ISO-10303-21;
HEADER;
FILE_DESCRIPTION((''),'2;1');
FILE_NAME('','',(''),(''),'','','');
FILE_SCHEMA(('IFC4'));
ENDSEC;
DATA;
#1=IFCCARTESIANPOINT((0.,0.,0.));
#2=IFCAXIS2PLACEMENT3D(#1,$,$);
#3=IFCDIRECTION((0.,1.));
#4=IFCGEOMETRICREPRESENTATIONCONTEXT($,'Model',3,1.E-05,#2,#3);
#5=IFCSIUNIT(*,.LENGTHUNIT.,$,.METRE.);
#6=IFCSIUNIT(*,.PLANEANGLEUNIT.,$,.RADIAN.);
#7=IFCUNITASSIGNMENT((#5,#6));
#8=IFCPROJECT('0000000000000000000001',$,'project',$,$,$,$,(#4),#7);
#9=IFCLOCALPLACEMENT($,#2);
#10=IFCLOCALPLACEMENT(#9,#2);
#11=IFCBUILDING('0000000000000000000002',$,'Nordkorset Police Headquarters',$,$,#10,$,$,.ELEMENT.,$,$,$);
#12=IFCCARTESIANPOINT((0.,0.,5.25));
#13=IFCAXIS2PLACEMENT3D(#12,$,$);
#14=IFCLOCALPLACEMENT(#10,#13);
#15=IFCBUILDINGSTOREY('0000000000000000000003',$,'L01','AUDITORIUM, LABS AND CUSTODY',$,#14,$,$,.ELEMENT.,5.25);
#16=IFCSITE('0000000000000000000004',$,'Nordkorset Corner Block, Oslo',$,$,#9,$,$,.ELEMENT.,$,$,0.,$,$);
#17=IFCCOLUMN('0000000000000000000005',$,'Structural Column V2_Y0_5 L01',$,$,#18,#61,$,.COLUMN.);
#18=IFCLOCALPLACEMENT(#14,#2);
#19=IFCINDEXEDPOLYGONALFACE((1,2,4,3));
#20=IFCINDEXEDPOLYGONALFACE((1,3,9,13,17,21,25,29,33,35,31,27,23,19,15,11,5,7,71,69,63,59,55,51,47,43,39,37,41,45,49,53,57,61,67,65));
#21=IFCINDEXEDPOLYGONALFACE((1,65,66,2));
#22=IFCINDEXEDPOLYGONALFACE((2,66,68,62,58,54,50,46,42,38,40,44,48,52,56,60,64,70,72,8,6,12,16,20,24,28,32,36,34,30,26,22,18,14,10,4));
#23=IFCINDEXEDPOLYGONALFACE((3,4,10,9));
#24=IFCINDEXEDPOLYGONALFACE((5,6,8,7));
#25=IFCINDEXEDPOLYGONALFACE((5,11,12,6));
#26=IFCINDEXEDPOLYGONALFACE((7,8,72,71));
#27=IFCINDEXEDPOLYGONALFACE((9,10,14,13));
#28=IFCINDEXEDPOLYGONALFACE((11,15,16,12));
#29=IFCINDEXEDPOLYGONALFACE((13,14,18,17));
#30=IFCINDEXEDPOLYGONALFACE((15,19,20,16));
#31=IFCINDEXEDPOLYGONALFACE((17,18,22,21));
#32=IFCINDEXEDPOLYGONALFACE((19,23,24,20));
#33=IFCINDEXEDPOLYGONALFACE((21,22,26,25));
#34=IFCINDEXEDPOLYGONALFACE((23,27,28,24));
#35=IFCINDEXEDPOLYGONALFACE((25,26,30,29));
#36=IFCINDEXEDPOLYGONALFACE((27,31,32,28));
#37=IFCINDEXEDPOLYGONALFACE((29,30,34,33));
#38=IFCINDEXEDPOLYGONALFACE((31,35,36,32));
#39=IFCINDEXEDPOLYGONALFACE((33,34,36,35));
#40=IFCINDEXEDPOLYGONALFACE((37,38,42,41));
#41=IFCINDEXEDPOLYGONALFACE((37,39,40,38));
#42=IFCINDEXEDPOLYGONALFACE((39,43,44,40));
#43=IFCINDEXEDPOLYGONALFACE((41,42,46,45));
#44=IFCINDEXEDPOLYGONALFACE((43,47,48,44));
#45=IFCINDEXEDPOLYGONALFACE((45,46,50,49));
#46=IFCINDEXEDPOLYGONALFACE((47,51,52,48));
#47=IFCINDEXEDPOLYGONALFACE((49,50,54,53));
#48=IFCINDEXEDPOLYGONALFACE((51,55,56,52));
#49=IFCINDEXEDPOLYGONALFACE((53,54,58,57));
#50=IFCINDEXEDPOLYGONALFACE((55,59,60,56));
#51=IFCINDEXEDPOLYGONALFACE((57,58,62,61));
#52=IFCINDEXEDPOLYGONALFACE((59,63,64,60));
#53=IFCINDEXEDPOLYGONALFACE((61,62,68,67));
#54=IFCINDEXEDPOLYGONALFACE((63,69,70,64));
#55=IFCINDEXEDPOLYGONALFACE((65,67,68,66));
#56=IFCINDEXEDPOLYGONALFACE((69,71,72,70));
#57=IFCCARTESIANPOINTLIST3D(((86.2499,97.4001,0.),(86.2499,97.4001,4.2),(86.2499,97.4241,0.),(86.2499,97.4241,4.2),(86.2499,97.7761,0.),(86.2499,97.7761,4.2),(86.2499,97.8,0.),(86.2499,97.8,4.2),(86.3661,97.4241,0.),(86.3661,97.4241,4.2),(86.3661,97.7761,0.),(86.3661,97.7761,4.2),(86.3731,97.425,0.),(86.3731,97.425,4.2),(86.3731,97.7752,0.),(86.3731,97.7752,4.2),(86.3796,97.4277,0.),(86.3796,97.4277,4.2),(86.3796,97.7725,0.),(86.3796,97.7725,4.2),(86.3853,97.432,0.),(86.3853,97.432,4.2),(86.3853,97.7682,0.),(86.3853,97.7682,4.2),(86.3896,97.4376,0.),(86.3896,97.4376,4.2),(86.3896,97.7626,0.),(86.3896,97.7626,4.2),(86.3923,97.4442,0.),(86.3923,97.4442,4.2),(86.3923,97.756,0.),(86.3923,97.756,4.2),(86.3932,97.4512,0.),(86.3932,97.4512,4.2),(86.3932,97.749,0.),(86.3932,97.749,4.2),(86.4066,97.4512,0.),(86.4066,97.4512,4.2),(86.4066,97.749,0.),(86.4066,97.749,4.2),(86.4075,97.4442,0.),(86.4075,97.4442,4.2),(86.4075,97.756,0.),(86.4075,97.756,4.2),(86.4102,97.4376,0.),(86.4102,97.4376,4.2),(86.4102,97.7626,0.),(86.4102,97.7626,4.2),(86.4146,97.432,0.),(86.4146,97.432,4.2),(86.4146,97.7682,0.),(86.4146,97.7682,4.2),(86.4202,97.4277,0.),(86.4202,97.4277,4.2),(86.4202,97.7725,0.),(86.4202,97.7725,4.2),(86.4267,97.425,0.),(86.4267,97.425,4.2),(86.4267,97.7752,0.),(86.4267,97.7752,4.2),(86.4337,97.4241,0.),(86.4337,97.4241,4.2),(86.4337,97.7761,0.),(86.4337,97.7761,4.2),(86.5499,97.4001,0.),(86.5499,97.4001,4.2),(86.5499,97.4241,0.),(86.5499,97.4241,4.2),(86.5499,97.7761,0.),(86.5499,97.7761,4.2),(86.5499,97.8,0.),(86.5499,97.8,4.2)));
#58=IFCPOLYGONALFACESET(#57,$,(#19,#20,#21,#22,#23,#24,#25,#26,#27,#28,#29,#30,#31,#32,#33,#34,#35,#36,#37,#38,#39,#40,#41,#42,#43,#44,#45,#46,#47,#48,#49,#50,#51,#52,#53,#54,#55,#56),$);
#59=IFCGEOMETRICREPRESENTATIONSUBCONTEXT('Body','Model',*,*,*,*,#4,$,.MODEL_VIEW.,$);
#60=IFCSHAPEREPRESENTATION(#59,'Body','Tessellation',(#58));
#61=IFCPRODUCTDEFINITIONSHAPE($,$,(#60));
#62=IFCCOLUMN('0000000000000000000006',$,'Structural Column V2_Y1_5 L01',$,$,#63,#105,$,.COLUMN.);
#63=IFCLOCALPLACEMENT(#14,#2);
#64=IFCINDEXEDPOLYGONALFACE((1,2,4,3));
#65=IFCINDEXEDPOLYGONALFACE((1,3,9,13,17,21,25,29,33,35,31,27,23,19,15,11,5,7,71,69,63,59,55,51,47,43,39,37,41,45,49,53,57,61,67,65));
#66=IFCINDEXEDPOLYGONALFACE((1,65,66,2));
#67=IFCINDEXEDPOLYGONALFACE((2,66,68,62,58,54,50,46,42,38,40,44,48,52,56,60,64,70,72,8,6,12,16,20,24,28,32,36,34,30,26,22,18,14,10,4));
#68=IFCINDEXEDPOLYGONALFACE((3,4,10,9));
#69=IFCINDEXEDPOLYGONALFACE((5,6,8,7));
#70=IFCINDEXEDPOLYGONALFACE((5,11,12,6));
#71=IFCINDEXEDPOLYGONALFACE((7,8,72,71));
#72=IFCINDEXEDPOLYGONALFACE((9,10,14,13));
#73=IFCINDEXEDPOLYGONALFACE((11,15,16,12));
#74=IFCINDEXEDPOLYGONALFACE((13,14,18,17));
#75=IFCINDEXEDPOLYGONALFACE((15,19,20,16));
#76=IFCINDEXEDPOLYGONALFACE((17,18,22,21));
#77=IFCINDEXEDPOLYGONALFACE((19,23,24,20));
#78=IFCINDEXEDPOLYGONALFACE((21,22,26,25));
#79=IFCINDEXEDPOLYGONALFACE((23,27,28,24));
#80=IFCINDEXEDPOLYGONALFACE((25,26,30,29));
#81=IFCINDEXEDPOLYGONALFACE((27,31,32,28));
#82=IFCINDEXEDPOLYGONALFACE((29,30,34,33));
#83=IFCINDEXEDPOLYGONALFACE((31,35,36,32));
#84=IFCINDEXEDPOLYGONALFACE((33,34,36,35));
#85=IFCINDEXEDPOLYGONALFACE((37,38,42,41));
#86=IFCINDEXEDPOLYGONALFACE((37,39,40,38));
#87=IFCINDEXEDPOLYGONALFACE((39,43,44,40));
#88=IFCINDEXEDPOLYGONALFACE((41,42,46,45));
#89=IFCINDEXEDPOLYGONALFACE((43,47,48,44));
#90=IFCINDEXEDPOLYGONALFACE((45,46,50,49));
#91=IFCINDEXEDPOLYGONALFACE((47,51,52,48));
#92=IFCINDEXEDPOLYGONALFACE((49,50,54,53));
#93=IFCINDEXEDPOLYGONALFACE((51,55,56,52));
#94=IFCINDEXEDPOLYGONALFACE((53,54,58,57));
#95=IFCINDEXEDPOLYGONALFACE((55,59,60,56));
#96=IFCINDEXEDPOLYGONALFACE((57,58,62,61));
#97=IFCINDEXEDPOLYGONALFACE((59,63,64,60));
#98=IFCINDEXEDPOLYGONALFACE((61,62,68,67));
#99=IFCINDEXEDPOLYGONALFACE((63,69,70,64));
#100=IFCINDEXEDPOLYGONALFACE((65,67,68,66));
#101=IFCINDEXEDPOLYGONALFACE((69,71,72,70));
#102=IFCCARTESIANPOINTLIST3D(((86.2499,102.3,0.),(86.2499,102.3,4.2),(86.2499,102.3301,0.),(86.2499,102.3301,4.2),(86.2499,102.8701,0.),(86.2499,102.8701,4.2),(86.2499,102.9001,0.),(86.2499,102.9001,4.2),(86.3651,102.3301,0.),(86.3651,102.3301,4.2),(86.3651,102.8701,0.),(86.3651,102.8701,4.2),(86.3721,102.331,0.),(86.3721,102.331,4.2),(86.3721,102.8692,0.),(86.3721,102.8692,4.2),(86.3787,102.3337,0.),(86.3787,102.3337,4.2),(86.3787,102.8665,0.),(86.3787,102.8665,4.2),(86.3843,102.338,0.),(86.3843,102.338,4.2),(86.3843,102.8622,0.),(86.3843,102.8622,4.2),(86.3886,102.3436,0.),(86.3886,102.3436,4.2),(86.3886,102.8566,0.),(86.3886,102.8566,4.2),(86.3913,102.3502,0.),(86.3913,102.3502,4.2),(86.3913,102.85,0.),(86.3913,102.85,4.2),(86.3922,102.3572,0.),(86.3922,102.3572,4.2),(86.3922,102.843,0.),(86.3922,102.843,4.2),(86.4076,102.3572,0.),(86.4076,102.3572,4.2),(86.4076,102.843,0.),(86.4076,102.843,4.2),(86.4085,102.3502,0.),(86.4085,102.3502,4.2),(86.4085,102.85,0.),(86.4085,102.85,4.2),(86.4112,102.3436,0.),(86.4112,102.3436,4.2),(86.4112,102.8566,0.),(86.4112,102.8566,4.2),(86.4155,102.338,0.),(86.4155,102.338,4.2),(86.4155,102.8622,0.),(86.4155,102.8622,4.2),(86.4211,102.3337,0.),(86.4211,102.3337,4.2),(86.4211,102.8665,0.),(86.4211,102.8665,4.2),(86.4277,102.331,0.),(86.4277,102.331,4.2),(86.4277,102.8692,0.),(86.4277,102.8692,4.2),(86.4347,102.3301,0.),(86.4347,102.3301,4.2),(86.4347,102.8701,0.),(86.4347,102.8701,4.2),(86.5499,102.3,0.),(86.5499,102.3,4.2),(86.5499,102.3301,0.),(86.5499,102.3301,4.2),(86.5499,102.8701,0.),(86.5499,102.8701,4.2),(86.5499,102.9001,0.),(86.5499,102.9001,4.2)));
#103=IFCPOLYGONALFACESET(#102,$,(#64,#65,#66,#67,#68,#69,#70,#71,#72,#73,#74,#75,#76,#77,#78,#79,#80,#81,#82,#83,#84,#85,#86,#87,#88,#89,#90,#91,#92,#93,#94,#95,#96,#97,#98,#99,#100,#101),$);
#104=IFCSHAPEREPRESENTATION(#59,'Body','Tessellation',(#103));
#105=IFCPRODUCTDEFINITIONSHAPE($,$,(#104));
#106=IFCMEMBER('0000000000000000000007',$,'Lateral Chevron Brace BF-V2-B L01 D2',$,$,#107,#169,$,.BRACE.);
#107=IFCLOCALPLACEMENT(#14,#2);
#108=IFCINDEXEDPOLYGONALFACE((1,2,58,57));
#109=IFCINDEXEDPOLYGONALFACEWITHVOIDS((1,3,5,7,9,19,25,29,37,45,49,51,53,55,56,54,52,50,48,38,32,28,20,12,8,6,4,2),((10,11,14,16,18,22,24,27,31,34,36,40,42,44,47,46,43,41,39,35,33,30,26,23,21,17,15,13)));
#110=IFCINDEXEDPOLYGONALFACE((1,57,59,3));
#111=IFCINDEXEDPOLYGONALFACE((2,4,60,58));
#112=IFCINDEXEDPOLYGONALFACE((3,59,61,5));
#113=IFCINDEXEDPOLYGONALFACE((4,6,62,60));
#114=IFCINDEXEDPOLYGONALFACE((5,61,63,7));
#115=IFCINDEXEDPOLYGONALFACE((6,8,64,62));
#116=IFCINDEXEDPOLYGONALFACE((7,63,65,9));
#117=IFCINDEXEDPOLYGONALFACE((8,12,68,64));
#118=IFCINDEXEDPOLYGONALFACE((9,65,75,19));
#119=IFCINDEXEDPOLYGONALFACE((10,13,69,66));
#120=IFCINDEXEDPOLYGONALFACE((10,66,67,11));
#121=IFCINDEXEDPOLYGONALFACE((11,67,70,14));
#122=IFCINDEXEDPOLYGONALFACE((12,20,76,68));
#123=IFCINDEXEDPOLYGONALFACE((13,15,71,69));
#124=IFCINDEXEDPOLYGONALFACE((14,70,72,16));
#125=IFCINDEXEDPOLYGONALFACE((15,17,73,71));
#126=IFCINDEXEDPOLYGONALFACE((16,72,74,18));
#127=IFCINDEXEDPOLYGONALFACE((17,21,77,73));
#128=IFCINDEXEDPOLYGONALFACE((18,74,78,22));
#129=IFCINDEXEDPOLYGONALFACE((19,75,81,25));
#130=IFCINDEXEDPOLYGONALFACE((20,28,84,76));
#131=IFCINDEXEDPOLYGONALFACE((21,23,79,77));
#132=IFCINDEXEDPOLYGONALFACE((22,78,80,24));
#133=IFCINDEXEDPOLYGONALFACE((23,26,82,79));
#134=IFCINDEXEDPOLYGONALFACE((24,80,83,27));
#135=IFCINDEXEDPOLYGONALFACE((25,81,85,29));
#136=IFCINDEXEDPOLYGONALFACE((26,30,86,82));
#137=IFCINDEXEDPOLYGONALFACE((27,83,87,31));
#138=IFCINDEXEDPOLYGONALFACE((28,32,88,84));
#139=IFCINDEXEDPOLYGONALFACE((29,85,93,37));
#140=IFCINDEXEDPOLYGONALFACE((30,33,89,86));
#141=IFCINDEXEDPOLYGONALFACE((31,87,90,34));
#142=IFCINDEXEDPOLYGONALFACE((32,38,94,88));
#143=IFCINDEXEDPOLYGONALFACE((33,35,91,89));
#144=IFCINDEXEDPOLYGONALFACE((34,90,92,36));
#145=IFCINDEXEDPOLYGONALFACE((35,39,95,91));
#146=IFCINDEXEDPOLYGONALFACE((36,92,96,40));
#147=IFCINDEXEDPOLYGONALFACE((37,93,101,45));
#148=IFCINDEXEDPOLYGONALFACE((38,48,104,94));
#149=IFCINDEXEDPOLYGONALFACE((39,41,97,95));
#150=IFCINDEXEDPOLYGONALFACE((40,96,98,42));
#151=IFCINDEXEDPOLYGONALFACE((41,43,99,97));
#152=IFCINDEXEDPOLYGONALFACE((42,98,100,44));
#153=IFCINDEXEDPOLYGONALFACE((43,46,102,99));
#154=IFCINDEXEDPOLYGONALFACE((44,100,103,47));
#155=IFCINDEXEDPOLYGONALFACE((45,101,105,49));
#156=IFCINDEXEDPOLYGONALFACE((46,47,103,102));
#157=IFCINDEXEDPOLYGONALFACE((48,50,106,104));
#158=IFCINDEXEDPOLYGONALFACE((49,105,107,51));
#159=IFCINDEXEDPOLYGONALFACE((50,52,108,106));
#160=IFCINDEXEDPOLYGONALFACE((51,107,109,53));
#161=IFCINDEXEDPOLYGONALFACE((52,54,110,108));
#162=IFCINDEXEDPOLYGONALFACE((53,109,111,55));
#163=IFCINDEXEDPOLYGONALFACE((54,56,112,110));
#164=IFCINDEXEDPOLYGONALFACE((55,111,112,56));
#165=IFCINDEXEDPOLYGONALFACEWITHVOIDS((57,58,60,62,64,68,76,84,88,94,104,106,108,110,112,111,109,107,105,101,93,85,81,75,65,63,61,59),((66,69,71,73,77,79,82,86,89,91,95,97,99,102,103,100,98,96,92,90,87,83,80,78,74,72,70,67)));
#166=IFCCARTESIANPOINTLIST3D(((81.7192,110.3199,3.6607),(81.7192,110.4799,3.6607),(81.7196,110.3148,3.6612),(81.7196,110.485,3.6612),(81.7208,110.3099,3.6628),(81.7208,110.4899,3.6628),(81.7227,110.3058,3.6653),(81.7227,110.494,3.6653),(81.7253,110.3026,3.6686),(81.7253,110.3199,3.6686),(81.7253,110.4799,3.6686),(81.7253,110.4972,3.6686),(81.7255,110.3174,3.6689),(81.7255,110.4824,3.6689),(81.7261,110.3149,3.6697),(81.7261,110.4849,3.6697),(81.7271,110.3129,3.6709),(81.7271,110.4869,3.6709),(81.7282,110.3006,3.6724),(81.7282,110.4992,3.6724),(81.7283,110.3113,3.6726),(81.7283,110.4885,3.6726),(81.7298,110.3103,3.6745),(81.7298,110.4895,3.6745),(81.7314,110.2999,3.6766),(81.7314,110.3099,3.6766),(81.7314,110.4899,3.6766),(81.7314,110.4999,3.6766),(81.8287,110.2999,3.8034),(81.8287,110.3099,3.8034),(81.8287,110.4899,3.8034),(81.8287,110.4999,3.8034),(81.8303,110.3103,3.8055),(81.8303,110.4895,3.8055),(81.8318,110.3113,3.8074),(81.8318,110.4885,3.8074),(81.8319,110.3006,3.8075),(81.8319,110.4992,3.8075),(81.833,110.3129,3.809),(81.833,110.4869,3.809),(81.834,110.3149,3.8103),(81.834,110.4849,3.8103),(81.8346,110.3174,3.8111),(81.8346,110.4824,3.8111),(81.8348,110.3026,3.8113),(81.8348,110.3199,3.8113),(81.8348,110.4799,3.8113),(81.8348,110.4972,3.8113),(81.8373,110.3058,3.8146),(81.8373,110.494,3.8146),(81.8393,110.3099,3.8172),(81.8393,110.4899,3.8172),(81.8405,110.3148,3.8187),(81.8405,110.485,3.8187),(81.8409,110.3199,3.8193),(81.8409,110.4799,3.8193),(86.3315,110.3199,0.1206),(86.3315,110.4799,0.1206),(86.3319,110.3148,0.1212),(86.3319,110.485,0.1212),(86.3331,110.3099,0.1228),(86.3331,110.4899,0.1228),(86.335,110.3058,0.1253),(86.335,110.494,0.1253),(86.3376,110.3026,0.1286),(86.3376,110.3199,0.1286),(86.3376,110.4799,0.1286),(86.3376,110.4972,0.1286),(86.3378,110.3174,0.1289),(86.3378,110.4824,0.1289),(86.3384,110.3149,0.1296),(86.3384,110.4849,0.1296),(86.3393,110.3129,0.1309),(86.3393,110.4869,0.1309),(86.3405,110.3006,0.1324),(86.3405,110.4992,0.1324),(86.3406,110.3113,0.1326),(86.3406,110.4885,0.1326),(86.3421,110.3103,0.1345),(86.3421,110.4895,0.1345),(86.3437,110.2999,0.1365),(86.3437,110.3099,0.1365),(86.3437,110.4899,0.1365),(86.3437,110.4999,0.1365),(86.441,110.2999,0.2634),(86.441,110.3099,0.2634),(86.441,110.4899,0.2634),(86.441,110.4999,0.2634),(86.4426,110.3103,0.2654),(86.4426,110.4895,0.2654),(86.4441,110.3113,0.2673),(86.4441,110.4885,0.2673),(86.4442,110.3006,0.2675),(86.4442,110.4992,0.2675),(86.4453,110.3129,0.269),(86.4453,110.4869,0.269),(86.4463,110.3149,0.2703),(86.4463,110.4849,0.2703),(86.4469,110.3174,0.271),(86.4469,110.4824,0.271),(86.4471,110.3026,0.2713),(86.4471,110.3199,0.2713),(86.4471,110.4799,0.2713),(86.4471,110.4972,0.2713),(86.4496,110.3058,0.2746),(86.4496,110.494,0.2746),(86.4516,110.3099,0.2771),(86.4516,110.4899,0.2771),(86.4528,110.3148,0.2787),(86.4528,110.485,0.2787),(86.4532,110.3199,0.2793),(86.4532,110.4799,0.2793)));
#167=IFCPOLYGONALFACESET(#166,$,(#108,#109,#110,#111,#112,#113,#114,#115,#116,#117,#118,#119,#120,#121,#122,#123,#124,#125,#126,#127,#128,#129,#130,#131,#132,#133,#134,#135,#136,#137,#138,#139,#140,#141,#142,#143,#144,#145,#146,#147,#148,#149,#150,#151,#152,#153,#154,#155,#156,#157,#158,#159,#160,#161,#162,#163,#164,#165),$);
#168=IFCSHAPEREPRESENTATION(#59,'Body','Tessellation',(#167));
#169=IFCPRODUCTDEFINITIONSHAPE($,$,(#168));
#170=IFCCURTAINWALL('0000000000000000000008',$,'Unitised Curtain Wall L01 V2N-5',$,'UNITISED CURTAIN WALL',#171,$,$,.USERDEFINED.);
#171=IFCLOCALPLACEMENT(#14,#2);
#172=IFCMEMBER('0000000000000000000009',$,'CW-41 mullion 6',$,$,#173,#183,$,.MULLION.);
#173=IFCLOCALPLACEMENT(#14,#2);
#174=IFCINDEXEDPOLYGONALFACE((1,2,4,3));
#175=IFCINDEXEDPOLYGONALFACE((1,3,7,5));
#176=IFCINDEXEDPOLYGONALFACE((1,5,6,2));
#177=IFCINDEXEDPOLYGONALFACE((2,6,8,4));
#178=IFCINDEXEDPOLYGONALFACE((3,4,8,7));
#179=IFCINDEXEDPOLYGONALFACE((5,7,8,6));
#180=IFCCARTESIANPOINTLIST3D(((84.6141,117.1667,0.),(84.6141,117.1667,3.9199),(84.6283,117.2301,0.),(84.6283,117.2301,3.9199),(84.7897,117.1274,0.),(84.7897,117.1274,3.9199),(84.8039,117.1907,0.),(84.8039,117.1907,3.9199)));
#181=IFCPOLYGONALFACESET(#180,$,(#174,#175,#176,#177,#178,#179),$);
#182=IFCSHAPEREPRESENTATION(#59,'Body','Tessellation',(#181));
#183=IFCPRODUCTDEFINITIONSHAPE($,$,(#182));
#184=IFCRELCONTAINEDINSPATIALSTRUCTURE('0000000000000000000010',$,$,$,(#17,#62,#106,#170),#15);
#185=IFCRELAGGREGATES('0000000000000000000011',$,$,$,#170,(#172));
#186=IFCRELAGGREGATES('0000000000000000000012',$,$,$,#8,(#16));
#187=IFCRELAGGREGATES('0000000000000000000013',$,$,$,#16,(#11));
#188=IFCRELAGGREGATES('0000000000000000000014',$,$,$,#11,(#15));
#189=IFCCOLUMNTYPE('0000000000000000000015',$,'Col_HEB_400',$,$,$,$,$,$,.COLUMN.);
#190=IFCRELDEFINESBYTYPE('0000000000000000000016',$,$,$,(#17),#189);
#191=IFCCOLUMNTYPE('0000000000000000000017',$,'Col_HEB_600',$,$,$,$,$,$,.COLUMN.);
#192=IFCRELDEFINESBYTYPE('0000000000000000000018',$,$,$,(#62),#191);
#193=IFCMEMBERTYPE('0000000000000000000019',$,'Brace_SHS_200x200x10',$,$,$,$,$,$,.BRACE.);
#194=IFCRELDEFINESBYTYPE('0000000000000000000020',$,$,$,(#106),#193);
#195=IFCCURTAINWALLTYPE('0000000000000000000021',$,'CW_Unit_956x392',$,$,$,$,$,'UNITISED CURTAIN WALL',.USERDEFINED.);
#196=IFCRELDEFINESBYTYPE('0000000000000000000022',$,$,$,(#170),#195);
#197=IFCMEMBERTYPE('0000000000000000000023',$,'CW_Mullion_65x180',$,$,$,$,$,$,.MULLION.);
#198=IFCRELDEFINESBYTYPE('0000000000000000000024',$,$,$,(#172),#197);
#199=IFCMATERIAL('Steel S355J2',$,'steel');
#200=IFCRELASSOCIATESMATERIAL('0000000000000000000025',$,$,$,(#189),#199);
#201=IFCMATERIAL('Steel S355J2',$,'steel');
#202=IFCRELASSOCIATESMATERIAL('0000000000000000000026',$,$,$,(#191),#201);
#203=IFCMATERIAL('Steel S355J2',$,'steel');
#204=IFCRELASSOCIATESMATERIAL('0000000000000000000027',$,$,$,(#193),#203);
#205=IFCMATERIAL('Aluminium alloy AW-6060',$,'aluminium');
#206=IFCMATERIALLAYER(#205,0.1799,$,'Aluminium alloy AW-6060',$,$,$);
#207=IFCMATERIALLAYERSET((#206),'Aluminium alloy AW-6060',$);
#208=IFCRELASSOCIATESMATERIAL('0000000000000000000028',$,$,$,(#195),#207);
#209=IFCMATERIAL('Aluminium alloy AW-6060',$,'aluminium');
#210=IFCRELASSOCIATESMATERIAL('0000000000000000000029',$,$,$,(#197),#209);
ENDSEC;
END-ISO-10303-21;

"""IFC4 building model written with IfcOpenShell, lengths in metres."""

from ifc_helpers import new_model, si_unit, direction, frame, origin, origin_2d, place, context, subcontext, project, spatial, rectangle, hollow_rectangle, i_section, extrude, material, layer, layer_set, material_profile, profile_set, type_object, element, aggregate, save


model = new_model("IFC4")

# Units and contexts
model_context = context("Model", 3, precision=1e-05, world=origin(), true_north=direction((0.0, 1.0)))
body_context = subcontext(model_context, "Body", "Model", "MODEL_VIEW")
ifc_project = project(units=[si_unit("LENGTHUNIT", "METRE"), si_unit("PLANEANGLEUNIT", "RADIAN")], contexts=[model_context])

# Site, building, storey
site_placement = place(None, origin())
site = spatial("IfcSite", under=ifc_project, at=site_placement, Name="Nordkorset Corner Block, Oslo", CompositionType="ELEMENT", RefElevation=0.0)
building_placement = place(site_placement, origin())
building = spatial("IfcBuilding", under=site, at=building_placement, Name="Nordkorset Police Headquarters", CompositionType="ELEMENT")
storey_placement = place(building_placement, frame((0.0, 0.0, 5.25)))
storey = spatial("IfcBuildingStorey", under=building, at=storey_placement, Name="L01", Description="AUDITORIUM, LABS AND CUSTODY", CompositionType="ELEMENT", Elevation=5.25)

# Columns
ifc_material_1 = material(Name="Steel S355J2", Category="steel")
ifc_material_profile_1 = material_profile(ifc_material_1, i_section(OverallWidth=0.3, OverallDepth=0.3999, WebThickness=0.0134, FlangeThickness=0.0239, FilletRadius=0.0271, at=origin_2d()), Name="HEB 400")
ifc_profile_set_1 = profile_set([ifc_material_profile_1], Name="Steel S355J2")
column_type_1 = type_object("IfcColumnType", Name="Col_HEB_400", PredefinedType="COLUMN", material=ifc_profile_set_1)
column_1_placement = place(storey_placement, frame((86.3999, 97.6001, 0.0), z_axis=(0.0, 0.0, 1.0), x_axis=(1.0, 0.0, 0.0)))
element("IfcColumn", 1, at=column_1_placement, inside=storey, type_object=column_type_1, Name="Structural Column V2_Y0_5 L01", PredefinedType="COLUMN", context=body_context, shape_type="SweptSolid", body=[
    extrude(i_section(OverallWidth=0.3, OverallDepth=0.3999, WebThickness=0.0134, FlangeThickness=0.0239, FilletRadius=0.0271, at=origin_2d()), origin(), (0.0, 0.0, 1.0), 4.2),
])
ifc_material_2 = material(Name="Steel S355J2", Category="steel")
ifc_material_profile_2 = material_profile(ifc_material_2, i_section(OverallWidth=0.3, OverallDepth=0.6001, WebThickness=0.0154, FlangeThickness=0.03, FilletRadius=0.0271, at=origin_2d()), Name="HEB 600")
ifc_profile_set_2 = profile_set([ifc_material_profile_2], Name="Steel S355J2")
column_type_2 = type_object("IfcColumnType", Name="Col_HEB_600", PredefinedType="COLUMN", material=ifc_profile_set_2)
column_2_placement = place(storey_placement, frame((86.3999, 102.6001, 0.0), z_axis=(0.0, 0.0, 1.0), x_axis=(1.0, 0.0, 0.0)))
element("IfcColumn", 2, at=column_2_placement, inside=storey, type_object=column_type_2, Name="Structural Column V2_Y1_5 L01", PredefinedType="COLUMN", context=body_context, shape_type="SweptSolid", body=[
    extrude(i_section(OverallWidth=0.3, OverallDepth=0.6001, WebThickness=0.0154, FlangeThickness=0.03, FilletRadius=0.0271, at=origin_2d()), origin(), (0.0, 0.0, 1.0), 4.2),
])

# Member
ifc_material_3 = material(Name="Steel S355J2", Category="steel")
ifc_material_profile_3 = material_profile(ifc_material_3, hollow_rectangle(XDim=0.2, YDim=0.2, WallThickness=0.01, InnerFilletRadius=0.01, OuterFilletRadius=0.02, at=origin_2d()), Name="SHS 200x200x10")
ifc_profile_set_3 = profile_set([ifc_material_profile_3], Name="Steel S355J2")
member_type_1 = type_object("IfcMemberType", Name="Brace_SHS_200x200x10", PredefinedType="BRACE", material=ifc_profile_set_3)
member_1_placement = place(storey_placement, frame((86.3923, 110.3999, 0.2), z_axis=(-0.793279, 0.0, 0.608858), x_axis=(0.0, -1.0, 0.0)))
element("IfcMember", 3, at=member_1_placement, inside=storey, type_object=member_type_1, Name="Lateral Chevron Brace BF-V2-B L01 D2", PredefinedType="BRACE", context=body_context, shape_type="SweptSolid", body=[
    extrude(hollow_rectangle(XDim=0.2, YDim=0.2, WallThickness=0.01, InnerFilletRadius=0.01, OuterFilletRadius=0.02, at=origin_2d()), origin(), (0.0, 0.0, 1.0), 5.8142),
])

# Curtain wall, member
ifc_material_4 = material(Name="Aluminium alloy AW-6060", Category="aluminium")
ifc_layer_1 = layer(ifc_material_4, 0.1799, Name="Aluminium alloy AW-6060")
ifc_layer_set_1 = layer_set([ifc_layer_1], Name="Aluminium alloy AW-6060")
curtain_wall_type = type_object("IfcCurtainWallType", Name="CW_Unit_956x392", ElementType="UNITISED CURTAIN WALL", PredefinedType="USERDEFINED", material=ifc_layer_set_1)
curtain_wall_placement = place(storey_placement, origin())
curtain_wall = element("IfcCurtainWall", 4, at=curtain_wall_placement, inside=storey, type_object=curtain_wall_type, Name="Unitised Curtain Wall L01 V2N-5", ObjectType="UNITISED CURTAIN WALL", PredefinedType="USERDEFINED")
ifc_material_5 = material(Name="Aluminium alloy AW-6060", Category="aluminium")
ifc_material_profile_4 = material_profile(ifc_material_5, rectangle(XDim=0.0649, YDim=0.1799, at=origin_2d()), Name="ALU MULL 65x180")
ifc_profile_set_4 = profile_set([ifc_material_profile_4], Name="Aluminium alloy AW-6060")
member_type_2 = type_object("IfcMemberType", Name="CW_Mullion_65x180", PredefinedType="MULLION", material=ifc_profile_set_4)
member_2_placement = place(storey_placement, frame((84.709, 117.1787, 0.0), z_axis=(0.0, 0.0, 1.0), x_axis=(0.218544, 0.975827, 0.0)))
member_2 = element("IfcMember", 5, at=member_2_placement, type_object=member_type_2, Name="CW-41 mullion 6", PredefinedType="MULLION", context=body_context, shape_type="SweptSolid", body=[
    extrude(rectangle(XDim=0.0649, YDim=0.1799, at=origin_2d()), origin(), (0.0, 0.0, 1.0), 3.9199),
])

aggregate(curtain_wall, [member_2])

save(model, "model.ifc")
